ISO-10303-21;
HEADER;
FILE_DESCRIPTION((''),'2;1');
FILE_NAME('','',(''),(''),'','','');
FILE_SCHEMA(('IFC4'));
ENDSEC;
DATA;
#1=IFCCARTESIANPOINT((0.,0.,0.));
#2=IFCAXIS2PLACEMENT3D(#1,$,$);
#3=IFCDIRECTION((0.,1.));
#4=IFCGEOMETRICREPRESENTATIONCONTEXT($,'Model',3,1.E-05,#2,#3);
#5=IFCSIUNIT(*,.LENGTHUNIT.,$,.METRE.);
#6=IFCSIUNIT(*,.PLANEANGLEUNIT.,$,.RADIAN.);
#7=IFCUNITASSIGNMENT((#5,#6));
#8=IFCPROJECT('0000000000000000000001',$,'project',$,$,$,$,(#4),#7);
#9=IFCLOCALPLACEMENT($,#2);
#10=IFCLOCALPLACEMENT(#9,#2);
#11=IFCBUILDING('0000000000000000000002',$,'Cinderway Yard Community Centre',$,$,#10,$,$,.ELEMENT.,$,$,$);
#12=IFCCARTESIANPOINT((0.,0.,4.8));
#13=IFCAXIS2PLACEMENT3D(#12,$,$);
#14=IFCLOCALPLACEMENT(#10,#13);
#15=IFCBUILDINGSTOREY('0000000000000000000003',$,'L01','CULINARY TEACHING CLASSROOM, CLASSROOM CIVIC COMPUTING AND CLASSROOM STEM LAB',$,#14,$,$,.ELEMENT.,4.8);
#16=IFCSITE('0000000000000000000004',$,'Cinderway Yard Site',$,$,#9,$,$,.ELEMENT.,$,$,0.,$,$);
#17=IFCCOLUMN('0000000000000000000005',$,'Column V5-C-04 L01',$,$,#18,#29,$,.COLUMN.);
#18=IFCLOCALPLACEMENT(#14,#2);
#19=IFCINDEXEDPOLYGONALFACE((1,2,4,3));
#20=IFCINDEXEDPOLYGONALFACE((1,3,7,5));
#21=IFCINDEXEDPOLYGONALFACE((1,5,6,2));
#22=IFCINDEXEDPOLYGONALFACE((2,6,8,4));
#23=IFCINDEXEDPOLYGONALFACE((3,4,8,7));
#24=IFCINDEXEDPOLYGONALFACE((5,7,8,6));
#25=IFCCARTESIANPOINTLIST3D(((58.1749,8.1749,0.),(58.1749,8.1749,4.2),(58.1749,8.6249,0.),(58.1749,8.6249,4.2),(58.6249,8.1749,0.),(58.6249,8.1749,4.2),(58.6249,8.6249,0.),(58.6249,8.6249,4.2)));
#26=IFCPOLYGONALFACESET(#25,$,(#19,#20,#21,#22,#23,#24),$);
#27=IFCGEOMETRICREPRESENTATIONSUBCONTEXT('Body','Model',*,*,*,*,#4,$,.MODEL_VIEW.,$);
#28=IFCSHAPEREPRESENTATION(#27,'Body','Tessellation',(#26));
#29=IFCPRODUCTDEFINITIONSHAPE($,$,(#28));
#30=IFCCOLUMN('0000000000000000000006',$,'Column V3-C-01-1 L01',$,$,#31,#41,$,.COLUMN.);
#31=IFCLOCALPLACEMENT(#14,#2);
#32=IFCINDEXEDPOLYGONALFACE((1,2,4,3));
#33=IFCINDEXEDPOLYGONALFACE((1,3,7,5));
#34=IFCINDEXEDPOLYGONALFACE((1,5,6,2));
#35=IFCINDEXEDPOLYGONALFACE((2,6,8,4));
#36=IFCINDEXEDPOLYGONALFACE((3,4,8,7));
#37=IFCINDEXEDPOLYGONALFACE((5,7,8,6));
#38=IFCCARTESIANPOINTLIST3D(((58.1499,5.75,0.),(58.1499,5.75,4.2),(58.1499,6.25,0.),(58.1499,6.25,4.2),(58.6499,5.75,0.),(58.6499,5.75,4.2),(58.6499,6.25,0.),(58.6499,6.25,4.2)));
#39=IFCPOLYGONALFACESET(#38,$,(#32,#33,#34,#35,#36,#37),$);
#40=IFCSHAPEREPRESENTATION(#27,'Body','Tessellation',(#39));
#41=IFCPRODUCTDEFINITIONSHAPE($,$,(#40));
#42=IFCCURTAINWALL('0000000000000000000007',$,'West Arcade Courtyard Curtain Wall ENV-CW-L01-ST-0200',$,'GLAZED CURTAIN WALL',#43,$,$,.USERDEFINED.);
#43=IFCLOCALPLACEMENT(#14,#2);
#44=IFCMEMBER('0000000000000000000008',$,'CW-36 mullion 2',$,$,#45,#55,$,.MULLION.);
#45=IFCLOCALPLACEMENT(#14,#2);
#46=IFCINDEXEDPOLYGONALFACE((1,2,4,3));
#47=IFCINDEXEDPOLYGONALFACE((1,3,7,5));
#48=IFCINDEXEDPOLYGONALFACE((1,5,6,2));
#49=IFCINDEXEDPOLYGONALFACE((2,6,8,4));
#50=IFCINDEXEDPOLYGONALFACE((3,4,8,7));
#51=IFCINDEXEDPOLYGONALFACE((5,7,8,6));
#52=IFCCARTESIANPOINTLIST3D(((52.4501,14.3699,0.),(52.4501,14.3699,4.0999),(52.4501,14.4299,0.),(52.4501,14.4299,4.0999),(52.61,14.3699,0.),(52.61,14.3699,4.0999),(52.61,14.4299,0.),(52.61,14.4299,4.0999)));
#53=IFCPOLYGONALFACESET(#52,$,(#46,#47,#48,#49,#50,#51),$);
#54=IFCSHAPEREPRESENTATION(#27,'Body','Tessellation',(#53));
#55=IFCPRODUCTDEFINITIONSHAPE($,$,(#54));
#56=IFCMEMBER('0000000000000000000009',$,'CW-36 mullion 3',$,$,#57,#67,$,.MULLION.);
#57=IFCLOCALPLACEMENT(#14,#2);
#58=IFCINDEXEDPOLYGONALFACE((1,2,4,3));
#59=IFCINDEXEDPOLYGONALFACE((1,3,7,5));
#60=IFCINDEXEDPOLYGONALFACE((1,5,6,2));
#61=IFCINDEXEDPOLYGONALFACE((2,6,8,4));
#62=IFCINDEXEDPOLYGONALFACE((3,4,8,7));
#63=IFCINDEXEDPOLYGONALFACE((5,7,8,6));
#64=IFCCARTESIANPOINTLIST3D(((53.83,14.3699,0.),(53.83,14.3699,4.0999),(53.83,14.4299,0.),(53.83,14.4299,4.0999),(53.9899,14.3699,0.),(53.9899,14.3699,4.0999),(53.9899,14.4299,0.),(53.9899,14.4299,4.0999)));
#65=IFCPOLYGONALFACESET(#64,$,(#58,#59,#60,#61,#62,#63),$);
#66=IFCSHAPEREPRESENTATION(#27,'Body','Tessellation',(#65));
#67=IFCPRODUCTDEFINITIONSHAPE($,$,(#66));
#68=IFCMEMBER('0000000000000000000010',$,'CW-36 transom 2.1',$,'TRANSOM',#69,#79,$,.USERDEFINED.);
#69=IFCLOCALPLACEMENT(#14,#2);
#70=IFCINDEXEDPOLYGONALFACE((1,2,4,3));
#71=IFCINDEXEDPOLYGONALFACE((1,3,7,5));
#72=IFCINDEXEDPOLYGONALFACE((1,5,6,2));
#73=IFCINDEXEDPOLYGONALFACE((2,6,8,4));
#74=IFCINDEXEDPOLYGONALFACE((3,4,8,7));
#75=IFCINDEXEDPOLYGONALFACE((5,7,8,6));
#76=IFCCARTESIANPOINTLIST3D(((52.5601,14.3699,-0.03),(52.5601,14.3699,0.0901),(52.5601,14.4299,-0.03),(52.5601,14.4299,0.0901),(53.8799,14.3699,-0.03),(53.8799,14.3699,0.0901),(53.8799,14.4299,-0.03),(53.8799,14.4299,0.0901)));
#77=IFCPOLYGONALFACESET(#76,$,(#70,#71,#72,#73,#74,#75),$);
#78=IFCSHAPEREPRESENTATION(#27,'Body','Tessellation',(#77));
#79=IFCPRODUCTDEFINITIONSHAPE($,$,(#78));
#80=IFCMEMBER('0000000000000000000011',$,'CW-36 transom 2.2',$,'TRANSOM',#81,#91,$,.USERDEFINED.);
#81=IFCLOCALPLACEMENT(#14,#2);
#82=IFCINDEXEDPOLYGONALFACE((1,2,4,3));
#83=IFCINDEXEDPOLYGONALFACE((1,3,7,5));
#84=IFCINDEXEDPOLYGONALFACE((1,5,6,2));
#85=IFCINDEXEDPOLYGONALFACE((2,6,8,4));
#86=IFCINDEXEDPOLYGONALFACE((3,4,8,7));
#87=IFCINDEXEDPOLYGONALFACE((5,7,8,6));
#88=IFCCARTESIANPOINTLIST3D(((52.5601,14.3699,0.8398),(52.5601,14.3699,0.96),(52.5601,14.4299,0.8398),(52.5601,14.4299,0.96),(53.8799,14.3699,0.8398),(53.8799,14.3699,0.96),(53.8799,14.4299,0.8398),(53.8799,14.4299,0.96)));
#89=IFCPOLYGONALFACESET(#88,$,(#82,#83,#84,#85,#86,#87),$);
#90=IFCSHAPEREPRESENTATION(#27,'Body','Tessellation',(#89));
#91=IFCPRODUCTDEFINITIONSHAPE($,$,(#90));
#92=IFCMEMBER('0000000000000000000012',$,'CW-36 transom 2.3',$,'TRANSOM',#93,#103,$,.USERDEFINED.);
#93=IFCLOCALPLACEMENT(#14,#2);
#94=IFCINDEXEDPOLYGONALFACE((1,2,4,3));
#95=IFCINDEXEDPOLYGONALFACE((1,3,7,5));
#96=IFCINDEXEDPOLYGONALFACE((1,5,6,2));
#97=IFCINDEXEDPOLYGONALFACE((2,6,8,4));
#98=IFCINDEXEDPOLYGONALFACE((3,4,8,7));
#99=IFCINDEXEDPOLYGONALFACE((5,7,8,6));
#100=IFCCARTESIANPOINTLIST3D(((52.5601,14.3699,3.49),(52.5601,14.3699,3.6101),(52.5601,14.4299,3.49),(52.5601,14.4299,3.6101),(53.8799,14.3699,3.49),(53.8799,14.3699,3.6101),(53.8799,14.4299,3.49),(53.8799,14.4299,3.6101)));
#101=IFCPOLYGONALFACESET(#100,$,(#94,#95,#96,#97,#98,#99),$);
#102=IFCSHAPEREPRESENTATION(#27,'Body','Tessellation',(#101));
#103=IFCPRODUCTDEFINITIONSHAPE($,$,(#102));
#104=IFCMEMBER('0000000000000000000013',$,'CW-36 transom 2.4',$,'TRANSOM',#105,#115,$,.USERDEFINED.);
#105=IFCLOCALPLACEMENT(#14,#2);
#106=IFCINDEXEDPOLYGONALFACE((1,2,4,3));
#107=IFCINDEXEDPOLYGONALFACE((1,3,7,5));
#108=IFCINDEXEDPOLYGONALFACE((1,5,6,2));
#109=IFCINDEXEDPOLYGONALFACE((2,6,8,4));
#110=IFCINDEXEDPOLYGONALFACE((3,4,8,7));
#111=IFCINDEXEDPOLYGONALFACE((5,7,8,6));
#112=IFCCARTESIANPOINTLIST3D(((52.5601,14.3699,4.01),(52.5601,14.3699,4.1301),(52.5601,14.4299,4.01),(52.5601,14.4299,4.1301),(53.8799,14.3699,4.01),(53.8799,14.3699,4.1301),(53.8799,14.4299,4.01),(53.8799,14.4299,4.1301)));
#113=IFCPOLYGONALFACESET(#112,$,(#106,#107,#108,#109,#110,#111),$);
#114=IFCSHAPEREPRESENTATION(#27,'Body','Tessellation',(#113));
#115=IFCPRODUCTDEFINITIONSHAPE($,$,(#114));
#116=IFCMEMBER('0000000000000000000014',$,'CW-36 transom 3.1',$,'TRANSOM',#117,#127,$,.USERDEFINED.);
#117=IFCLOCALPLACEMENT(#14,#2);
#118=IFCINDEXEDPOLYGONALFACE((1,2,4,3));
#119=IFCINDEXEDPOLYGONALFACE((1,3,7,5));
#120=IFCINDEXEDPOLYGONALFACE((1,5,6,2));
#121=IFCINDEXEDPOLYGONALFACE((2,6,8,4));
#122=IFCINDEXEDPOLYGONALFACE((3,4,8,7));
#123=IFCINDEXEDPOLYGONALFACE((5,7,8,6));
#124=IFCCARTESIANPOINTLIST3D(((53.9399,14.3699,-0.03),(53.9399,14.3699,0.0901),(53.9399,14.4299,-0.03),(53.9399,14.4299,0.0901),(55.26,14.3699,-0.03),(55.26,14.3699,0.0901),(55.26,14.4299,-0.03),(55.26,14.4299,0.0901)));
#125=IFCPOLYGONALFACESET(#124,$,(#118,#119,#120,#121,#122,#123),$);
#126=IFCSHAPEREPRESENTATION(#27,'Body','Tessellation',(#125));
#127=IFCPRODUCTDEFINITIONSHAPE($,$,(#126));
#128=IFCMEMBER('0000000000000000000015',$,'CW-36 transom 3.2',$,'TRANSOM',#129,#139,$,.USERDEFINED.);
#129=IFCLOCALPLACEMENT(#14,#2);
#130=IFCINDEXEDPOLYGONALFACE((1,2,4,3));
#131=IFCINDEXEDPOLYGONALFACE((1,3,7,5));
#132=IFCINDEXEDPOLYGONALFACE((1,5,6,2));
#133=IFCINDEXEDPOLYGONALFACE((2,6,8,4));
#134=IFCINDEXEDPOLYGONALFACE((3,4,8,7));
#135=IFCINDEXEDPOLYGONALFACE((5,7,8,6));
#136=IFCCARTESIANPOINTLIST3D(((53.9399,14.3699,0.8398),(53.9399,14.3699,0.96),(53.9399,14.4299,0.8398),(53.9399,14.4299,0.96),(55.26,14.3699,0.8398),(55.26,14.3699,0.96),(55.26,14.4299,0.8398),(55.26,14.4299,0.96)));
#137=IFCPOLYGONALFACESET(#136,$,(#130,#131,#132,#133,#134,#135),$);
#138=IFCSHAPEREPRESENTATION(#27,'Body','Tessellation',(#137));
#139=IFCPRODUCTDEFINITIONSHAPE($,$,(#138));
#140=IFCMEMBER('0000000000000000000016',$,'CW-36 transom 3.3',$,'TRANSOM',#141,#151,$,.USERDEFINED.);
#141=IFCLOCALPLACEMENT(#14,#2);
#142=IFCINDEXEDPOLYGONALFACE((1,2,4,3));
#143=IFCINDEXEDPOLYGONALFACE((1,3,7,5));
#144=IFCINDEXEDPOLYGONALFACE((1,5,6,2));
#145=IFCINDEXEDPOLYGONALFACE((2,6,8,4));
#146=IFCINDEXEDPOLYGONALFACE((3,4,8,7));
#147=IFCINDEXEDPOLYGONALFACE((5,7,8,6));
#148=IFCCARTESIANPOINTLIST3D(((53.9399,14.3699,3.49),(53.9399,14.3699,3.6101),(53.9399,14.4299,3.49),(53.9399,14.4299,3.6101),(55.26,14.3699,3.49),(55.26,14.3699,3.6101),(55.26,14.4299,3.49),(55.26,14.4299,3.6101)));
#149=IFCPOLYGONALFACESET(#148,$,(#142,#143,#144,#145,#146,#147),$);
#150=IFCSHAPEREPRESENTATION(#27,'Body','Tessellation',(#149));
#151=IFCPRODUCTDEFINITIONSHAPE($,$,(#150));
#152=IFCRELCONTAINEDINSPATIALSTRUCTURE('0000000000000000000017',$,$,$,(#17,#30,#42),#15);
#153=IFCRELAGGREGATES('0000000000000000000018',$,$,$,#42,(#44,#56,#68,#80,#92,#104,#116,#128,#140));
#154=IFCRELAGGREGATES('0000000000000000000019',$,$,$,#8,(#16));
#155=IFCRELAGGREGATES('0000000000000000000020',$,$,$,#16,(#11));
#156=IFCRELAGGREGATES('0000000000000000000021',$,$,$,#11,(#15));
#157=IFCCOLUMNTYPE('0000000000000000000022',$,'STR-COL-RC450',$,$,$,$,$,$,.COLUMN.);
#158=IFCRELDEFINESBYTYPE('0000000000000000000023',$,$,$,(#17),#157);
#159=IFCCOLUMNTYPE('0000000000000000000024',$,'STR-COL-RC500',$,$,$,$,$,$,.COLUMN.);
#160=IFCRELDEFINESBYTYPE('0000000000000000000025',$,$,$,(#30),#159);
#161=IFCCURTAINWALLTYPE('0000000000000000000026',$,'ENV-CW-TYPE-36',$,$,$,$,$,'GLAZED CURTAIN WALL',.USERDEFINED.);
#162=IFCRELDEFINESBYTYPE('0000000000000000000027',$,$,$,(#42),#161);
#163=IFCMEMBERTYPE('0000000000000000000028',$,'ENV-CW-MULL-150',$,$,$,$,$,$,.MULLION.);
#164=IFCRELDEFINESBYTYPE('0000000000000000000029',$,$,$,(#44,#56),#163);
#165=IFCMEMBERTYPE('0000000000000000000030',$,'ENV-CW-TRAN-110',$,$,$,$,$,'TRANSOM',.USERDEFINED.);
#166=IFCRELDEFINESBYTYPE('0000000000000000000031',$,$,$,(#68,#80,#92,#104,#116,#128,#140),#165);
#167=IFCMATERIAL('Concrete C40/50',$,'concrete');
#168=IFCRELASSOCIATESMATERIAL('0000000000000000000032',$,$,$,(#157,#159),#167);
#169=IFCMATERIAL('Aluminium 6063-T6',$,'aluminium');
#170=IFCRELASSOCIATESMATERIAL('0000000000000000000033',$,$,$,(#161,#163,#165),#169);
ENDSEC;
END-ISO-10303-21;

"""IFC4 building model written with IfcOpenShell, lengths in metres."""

from ifc_helpers import new_model, si_unit, direction, frame, origin, origin_2d, place, context, subcontext, project, spatial, rectangle, extrude, material, material_profile, profile_set, type_object, element, aggregate, save


model = new_model("IFC4")

# Units and contexts
model_context = context("Model", 3, precision=1e-05, world=origin(), true_north=direction((0.0, 1.0)))
body_context = subcontext(model_context, "Body", "Model", "MODEL_VIEW")
ifc_project = project(units=[si_unit("LENGTHUNIT", "METRE"), si_unit("PLANEANGLEUNIT", "RADIAN")], contexts=[model_context])

# Site, building, storey
site_placement = place(None, origin())
site = spatial("IfcSite", under=ifc_project, at=site_placement, Name="Cinderway Yard Site", CompositionType="ELEMENT", RefElevation=0.0)
building_placement = place(site_placement, origin())
building = spatial("IfcBuilding", under=site, at=building_placement, Name="Cinderway Yard Community Centre", CompositionType="ELEMENT")
storey_placement = place(building_placement, frame((0.0, 0.0, 4.8)))
storey = spatial("IfcBuildingStorey", under=building, at=storey_placement, Name="L01", Description="CULINARY TEACHING CLASSROOM, CLASSROOM CIVIC COMPUTING AND CLASSROOM STEM LAB", CompositionType="ELEMENT", Elevation=4.8)

# Columns
ifc_material_1 = material(Name="Concrete C40/50", Category="concrete")
ifc_material_profile_1 = material_profile(ifc_material_1, rectangle(XDim=0.45, YDim=0.45, at=origin_2d()), Name="Concrete C40/50")
ifc_profile_set_1 = profile_set([ifc_material_profile_1], Name="Concrete C40/50")
column_type_1 = type_object("IfcColumnType", Name="STR-COL-RC450", PredefinedType="COLUMN", material=ifc_profile_set_1)
column_1_placement = place(storey_placement, frame((58.3999, 8.3999, 0.0), z_axis=(0.0, 0.0, 1.0), x_axis=(1.0, 0.0, 0.0)))
element("IfcColumn", 1, at=column_1_placement, inside=storey, type_object=column_type_1, Name="Column V5-C-04 L01", PredefinedType="COLUMN", context=body_context, shape_type="SweptSolid", body=[
    extrude(rectangle(XDim=0.45, YDim=0.45, at=origin_2d()), origin(), (0.0, 0.0, 1.0), 4.2),
])
ifc_material_profile_2 = material_profile(ifc_material_1, rectangle(XDim=0.5, YDim=0.5, at=origin_2d()), Name="Concrete C40/50")
ifc_profile_set_2 = profile_set([ifc_material_profile_2], Name="Concrete C40/50")
column_type_2 = type_object("IfcColumnType", Name="STR-COL-RC500", PredefinedType="COLUMN", material=ifc_profile_set_2)
column_2_placement = place(storey_placement, frame((58.3999, 6.0, 0.0), z_axis=(0.0, 0.0, 1.0), x_axis=(1.0, 0.0, 0.0)))
element("IfcColumn", 2, at=column_2_placement, inside=storey, type_object=column_type_2, Name="Column V3-C-01-1 L01", PredefinedType="COLUMN", context=body_context, shape_type="SweptSolid", body=[
    extrude(rectangle(XDim=0.5, YDim=0.5, at=origin_2d()), origin(), (0.0, 0.0, 1.0), 4.2),
])

# Curtain wall, members
ifc_material_2 = material(Name="Aluminium 6063-T6", Category="aluminium")
curtain_wall_type = type_object("IfcCurtainWallType", Name="ENV-CW-TYPE-36", ElementType="GLAZED CURTAIN WALL", PredefinedType="USERDEFINED", material=ifc_material_2)
curtain_wall_placement = place(storey_placement, origin())
curtain_wall = element("IfcCurtainWall", 3, at=curtain_wall_placement, inside=storey, type_object=curtain_wall_type, Name="West Arcade Courtyard Curtain Wall ENV-CW-L01-ST-0200", ObjectType="GLAZED CURTAIN WALL", PredefinedType="USERDEFINED")
ifc_material_profile_3 = material_profile(ifc_material_2, rectangle(XDim=0.0601, YDim=0.1599, at=origin_2d()), Name="Aluminium 6063-T6")
ifc_profile_set_3 = profile_set([ifc_material_profile_3], Name="Aluminium 6063-T6")
member_type_1 = type_object("IfcMemberType", Name="ENV-CW-MULL-150", PredefinedType="MULLION", material=ifc_profile_set_3)
member_1_placement = place(storey_placement, frame((52.53, 14.3999, 0.0), z_axis=(0.0, 0.0, 1.0), x_axis=(0.0, 1.0, 0.0)))
member_1 = element("IfcMember", 4, at=member_1_placement, type_object=member_type_1, Name="CW-36 mullion 2", PredefinedType="MULLION", context=body_context, shape_type="SweptSolid", body=[
    extrude(rectangle(XDim=0.0601, YDim=0.1599, at=origin_2d()), origin(), (0.0, 0.0, 1.0), 4.0999),
])
member_2_placement = place(storey_placement, frame((53.9099, 14.3999, 0.0), z_axis=(0.0, 0.0, 1.0), x_axis=(0.0, 1.0, 0.0)))
member_2 = element("IfcMember", 5, at=member_2_placement, type_object=member_type_1, Name="CW-36 mullion 3", PredefinedType="MULLION", context=body_context, shape_type="SweptSolid", body=[
    extrude(rectangle(XDim=0.0601, YDim=0.1599, at=origin_2d()), origin(), (0.0, 0.0, 1.0), 4.0999),
])
ifc_material_profile_4 = material_profile(ifc_material_2, rectangle(XDim=0.0601, YDim=0.1201, at=origin_2d()), Name="Aluminium 6063-T6")
ifc_profile_set_4 = profile_set([ifc_material_profile_4], Name="Aluminium 6063-T6")
member_type_2 = type_object("IfcMemberType", Name="ENV-CW-TRAN-110", ElementType="TRANSOM", PredefinedType="USERDEFINED", material=ifc_profile_set_4)
member_3_placement = place(storey_placement, frame((52.5601, 14.3999, 0.03), z_axis=(1.0, 0.0, 0.0), x_axis=(0.0, 1.0, 0.0)))
member_3 = element("IfcMember", 6, at=member_3_placement, type_object=member_type_2, Name="CW-36 transom 2.1", ObjectType="TRANSOM", PredefinedType="USERDEFINED", context=body_context, shape_type="SweptSolid", body=[
    extrude(rectangle(XDim=0.0601, YDim=0.1201, at=origin_2d()), origin(), (0.0, 0.0, 1.0), 1.3198),
])
member_4_placement = place(storey_placement, frame((52.5601, 14.3999, 0.8999), z_axis=(1.0, 0.0, 0.0), x_axis=(0.0, 1.0, 0.0)))
member_4 = element("IfcMember", 7, at=member_4_placement, type_object=member_type_2, Name="CW-36 transom 2.2", ObjectType="TRANSOM", PredefinedType="USERDEFINED", context=body_context, shape_type="SweptSolid", body=[
    extrude(rectangle(XDim=0.0601, YDim=0.1201, at=origin_2d()), origin(), (0.0, 0.0, 1.0), 1.3198),
])
member_5_placement = place(storey_placement, frame((52.5601, 14.3999, 3.55), z_axis=(1.0, 0.0, 0.0), x_axis=(0.0, 1.0, 0.0)))
member_5 = element("IfcMember", 8, at=member_5_placement, type_object=member_type_2, Name="CW-36 transom 2.3", ObjectType="TRANSOM", PredefinedType="USERDEFINED", context=body_context, shape_type="SweptSolid", body=[
    extrude(rectangle(XDim=0.0601, YDim=0.1201, at=origin_2d()), origin(), (0.0, 0.0, 1.0), 1.3198),
])
member_6_placement = place(storey_placement, frame((52.5601, 14.3999, 4.0701), z_axis=(1.0, 0.0, 0.0), x_axis=(0.0, 1.0, 0.0)))
member_6 = element("IfcMember", 9, at=member_6_placement, type_object=member_type_2, Name="CW-36 transom 2.4", ObjectType="TRANSOM", PredefinedType="USERDEFINED", context=body_context, shape_type="SweptSolid", body=[
    extrude(rectangle(XDim=0.0601, YDim=0.1201, at=origin_2d()), origin(), (0.0, 0.0, 1.0), 1.3198),
])
member_7_placement = place(storey_placement, frame((53.9399, 14.3999, 0.03), z_axis=(1.0, 0.0, 0.0), x_axis=(0.0, 1.0, 0.0)))
member_7 = element("IfcMember", 10, at=member_7_placement, type_object=member_type_2, Name="CW-36 transom 3.1", ObjectType="TRANSOM", PredefinedType="USERDEFINED", context=body_context, shape_type="SweptSolid", body=[
    extrude(rectangle(XDim=0.0601, YDim=0.1201, at=origin_2d()), origin(), (0.0, 0.0, 1.0), 1.3201),
])
member_8_placement = place(storey_placement, frame((53.9399, 14.3999, 0.8999), z_axis=(1.0, 0.0, 0.0), x_axis=(0.0, 1.0, 0.0)))
member_8 = element("IfcMember", 11, at=member_8_placement, type_object=member_type_2, Name="CW-36 transom 3.2", ObjectType="TRANSOM", PredefinedType="USERDEFINED", context=body_context, shape_type="SweptSolid", body=[
    extrude(rectangle(XDim=0.0601, YDim=0.1201, at=origin_2d()), origin(), (0.0, 0.0, 1.0), 1.3201),
])
member_9_placement = place(storey_placement, frame((53.9399, 14.3999, 3.55), z_axis=(1.0, 0.0, 0.0), x_axis=(0.0, 1.0, 0.0)))
member_9 = element("IfcMember", 12, at=member_9_placement, type_object=member_type_2, Name="CW-36 transom 3.3", ObjectType="TRANSOM", PredefinedType="USERDEFINED", context=body_context, shape_type="SweptSolid", body=[
    extrude(rectangle(XDim=0.0601, YDim=0.1201, at=origin_2d()), origin(), (0.0, 0.0, 1.0), 1.3201),
])

aggregate(curtain_wall, [member_1, member_2, member_3, member_4, member_5, member_6, member_7, member_8, member_9])

save(model, "model.ifc")
